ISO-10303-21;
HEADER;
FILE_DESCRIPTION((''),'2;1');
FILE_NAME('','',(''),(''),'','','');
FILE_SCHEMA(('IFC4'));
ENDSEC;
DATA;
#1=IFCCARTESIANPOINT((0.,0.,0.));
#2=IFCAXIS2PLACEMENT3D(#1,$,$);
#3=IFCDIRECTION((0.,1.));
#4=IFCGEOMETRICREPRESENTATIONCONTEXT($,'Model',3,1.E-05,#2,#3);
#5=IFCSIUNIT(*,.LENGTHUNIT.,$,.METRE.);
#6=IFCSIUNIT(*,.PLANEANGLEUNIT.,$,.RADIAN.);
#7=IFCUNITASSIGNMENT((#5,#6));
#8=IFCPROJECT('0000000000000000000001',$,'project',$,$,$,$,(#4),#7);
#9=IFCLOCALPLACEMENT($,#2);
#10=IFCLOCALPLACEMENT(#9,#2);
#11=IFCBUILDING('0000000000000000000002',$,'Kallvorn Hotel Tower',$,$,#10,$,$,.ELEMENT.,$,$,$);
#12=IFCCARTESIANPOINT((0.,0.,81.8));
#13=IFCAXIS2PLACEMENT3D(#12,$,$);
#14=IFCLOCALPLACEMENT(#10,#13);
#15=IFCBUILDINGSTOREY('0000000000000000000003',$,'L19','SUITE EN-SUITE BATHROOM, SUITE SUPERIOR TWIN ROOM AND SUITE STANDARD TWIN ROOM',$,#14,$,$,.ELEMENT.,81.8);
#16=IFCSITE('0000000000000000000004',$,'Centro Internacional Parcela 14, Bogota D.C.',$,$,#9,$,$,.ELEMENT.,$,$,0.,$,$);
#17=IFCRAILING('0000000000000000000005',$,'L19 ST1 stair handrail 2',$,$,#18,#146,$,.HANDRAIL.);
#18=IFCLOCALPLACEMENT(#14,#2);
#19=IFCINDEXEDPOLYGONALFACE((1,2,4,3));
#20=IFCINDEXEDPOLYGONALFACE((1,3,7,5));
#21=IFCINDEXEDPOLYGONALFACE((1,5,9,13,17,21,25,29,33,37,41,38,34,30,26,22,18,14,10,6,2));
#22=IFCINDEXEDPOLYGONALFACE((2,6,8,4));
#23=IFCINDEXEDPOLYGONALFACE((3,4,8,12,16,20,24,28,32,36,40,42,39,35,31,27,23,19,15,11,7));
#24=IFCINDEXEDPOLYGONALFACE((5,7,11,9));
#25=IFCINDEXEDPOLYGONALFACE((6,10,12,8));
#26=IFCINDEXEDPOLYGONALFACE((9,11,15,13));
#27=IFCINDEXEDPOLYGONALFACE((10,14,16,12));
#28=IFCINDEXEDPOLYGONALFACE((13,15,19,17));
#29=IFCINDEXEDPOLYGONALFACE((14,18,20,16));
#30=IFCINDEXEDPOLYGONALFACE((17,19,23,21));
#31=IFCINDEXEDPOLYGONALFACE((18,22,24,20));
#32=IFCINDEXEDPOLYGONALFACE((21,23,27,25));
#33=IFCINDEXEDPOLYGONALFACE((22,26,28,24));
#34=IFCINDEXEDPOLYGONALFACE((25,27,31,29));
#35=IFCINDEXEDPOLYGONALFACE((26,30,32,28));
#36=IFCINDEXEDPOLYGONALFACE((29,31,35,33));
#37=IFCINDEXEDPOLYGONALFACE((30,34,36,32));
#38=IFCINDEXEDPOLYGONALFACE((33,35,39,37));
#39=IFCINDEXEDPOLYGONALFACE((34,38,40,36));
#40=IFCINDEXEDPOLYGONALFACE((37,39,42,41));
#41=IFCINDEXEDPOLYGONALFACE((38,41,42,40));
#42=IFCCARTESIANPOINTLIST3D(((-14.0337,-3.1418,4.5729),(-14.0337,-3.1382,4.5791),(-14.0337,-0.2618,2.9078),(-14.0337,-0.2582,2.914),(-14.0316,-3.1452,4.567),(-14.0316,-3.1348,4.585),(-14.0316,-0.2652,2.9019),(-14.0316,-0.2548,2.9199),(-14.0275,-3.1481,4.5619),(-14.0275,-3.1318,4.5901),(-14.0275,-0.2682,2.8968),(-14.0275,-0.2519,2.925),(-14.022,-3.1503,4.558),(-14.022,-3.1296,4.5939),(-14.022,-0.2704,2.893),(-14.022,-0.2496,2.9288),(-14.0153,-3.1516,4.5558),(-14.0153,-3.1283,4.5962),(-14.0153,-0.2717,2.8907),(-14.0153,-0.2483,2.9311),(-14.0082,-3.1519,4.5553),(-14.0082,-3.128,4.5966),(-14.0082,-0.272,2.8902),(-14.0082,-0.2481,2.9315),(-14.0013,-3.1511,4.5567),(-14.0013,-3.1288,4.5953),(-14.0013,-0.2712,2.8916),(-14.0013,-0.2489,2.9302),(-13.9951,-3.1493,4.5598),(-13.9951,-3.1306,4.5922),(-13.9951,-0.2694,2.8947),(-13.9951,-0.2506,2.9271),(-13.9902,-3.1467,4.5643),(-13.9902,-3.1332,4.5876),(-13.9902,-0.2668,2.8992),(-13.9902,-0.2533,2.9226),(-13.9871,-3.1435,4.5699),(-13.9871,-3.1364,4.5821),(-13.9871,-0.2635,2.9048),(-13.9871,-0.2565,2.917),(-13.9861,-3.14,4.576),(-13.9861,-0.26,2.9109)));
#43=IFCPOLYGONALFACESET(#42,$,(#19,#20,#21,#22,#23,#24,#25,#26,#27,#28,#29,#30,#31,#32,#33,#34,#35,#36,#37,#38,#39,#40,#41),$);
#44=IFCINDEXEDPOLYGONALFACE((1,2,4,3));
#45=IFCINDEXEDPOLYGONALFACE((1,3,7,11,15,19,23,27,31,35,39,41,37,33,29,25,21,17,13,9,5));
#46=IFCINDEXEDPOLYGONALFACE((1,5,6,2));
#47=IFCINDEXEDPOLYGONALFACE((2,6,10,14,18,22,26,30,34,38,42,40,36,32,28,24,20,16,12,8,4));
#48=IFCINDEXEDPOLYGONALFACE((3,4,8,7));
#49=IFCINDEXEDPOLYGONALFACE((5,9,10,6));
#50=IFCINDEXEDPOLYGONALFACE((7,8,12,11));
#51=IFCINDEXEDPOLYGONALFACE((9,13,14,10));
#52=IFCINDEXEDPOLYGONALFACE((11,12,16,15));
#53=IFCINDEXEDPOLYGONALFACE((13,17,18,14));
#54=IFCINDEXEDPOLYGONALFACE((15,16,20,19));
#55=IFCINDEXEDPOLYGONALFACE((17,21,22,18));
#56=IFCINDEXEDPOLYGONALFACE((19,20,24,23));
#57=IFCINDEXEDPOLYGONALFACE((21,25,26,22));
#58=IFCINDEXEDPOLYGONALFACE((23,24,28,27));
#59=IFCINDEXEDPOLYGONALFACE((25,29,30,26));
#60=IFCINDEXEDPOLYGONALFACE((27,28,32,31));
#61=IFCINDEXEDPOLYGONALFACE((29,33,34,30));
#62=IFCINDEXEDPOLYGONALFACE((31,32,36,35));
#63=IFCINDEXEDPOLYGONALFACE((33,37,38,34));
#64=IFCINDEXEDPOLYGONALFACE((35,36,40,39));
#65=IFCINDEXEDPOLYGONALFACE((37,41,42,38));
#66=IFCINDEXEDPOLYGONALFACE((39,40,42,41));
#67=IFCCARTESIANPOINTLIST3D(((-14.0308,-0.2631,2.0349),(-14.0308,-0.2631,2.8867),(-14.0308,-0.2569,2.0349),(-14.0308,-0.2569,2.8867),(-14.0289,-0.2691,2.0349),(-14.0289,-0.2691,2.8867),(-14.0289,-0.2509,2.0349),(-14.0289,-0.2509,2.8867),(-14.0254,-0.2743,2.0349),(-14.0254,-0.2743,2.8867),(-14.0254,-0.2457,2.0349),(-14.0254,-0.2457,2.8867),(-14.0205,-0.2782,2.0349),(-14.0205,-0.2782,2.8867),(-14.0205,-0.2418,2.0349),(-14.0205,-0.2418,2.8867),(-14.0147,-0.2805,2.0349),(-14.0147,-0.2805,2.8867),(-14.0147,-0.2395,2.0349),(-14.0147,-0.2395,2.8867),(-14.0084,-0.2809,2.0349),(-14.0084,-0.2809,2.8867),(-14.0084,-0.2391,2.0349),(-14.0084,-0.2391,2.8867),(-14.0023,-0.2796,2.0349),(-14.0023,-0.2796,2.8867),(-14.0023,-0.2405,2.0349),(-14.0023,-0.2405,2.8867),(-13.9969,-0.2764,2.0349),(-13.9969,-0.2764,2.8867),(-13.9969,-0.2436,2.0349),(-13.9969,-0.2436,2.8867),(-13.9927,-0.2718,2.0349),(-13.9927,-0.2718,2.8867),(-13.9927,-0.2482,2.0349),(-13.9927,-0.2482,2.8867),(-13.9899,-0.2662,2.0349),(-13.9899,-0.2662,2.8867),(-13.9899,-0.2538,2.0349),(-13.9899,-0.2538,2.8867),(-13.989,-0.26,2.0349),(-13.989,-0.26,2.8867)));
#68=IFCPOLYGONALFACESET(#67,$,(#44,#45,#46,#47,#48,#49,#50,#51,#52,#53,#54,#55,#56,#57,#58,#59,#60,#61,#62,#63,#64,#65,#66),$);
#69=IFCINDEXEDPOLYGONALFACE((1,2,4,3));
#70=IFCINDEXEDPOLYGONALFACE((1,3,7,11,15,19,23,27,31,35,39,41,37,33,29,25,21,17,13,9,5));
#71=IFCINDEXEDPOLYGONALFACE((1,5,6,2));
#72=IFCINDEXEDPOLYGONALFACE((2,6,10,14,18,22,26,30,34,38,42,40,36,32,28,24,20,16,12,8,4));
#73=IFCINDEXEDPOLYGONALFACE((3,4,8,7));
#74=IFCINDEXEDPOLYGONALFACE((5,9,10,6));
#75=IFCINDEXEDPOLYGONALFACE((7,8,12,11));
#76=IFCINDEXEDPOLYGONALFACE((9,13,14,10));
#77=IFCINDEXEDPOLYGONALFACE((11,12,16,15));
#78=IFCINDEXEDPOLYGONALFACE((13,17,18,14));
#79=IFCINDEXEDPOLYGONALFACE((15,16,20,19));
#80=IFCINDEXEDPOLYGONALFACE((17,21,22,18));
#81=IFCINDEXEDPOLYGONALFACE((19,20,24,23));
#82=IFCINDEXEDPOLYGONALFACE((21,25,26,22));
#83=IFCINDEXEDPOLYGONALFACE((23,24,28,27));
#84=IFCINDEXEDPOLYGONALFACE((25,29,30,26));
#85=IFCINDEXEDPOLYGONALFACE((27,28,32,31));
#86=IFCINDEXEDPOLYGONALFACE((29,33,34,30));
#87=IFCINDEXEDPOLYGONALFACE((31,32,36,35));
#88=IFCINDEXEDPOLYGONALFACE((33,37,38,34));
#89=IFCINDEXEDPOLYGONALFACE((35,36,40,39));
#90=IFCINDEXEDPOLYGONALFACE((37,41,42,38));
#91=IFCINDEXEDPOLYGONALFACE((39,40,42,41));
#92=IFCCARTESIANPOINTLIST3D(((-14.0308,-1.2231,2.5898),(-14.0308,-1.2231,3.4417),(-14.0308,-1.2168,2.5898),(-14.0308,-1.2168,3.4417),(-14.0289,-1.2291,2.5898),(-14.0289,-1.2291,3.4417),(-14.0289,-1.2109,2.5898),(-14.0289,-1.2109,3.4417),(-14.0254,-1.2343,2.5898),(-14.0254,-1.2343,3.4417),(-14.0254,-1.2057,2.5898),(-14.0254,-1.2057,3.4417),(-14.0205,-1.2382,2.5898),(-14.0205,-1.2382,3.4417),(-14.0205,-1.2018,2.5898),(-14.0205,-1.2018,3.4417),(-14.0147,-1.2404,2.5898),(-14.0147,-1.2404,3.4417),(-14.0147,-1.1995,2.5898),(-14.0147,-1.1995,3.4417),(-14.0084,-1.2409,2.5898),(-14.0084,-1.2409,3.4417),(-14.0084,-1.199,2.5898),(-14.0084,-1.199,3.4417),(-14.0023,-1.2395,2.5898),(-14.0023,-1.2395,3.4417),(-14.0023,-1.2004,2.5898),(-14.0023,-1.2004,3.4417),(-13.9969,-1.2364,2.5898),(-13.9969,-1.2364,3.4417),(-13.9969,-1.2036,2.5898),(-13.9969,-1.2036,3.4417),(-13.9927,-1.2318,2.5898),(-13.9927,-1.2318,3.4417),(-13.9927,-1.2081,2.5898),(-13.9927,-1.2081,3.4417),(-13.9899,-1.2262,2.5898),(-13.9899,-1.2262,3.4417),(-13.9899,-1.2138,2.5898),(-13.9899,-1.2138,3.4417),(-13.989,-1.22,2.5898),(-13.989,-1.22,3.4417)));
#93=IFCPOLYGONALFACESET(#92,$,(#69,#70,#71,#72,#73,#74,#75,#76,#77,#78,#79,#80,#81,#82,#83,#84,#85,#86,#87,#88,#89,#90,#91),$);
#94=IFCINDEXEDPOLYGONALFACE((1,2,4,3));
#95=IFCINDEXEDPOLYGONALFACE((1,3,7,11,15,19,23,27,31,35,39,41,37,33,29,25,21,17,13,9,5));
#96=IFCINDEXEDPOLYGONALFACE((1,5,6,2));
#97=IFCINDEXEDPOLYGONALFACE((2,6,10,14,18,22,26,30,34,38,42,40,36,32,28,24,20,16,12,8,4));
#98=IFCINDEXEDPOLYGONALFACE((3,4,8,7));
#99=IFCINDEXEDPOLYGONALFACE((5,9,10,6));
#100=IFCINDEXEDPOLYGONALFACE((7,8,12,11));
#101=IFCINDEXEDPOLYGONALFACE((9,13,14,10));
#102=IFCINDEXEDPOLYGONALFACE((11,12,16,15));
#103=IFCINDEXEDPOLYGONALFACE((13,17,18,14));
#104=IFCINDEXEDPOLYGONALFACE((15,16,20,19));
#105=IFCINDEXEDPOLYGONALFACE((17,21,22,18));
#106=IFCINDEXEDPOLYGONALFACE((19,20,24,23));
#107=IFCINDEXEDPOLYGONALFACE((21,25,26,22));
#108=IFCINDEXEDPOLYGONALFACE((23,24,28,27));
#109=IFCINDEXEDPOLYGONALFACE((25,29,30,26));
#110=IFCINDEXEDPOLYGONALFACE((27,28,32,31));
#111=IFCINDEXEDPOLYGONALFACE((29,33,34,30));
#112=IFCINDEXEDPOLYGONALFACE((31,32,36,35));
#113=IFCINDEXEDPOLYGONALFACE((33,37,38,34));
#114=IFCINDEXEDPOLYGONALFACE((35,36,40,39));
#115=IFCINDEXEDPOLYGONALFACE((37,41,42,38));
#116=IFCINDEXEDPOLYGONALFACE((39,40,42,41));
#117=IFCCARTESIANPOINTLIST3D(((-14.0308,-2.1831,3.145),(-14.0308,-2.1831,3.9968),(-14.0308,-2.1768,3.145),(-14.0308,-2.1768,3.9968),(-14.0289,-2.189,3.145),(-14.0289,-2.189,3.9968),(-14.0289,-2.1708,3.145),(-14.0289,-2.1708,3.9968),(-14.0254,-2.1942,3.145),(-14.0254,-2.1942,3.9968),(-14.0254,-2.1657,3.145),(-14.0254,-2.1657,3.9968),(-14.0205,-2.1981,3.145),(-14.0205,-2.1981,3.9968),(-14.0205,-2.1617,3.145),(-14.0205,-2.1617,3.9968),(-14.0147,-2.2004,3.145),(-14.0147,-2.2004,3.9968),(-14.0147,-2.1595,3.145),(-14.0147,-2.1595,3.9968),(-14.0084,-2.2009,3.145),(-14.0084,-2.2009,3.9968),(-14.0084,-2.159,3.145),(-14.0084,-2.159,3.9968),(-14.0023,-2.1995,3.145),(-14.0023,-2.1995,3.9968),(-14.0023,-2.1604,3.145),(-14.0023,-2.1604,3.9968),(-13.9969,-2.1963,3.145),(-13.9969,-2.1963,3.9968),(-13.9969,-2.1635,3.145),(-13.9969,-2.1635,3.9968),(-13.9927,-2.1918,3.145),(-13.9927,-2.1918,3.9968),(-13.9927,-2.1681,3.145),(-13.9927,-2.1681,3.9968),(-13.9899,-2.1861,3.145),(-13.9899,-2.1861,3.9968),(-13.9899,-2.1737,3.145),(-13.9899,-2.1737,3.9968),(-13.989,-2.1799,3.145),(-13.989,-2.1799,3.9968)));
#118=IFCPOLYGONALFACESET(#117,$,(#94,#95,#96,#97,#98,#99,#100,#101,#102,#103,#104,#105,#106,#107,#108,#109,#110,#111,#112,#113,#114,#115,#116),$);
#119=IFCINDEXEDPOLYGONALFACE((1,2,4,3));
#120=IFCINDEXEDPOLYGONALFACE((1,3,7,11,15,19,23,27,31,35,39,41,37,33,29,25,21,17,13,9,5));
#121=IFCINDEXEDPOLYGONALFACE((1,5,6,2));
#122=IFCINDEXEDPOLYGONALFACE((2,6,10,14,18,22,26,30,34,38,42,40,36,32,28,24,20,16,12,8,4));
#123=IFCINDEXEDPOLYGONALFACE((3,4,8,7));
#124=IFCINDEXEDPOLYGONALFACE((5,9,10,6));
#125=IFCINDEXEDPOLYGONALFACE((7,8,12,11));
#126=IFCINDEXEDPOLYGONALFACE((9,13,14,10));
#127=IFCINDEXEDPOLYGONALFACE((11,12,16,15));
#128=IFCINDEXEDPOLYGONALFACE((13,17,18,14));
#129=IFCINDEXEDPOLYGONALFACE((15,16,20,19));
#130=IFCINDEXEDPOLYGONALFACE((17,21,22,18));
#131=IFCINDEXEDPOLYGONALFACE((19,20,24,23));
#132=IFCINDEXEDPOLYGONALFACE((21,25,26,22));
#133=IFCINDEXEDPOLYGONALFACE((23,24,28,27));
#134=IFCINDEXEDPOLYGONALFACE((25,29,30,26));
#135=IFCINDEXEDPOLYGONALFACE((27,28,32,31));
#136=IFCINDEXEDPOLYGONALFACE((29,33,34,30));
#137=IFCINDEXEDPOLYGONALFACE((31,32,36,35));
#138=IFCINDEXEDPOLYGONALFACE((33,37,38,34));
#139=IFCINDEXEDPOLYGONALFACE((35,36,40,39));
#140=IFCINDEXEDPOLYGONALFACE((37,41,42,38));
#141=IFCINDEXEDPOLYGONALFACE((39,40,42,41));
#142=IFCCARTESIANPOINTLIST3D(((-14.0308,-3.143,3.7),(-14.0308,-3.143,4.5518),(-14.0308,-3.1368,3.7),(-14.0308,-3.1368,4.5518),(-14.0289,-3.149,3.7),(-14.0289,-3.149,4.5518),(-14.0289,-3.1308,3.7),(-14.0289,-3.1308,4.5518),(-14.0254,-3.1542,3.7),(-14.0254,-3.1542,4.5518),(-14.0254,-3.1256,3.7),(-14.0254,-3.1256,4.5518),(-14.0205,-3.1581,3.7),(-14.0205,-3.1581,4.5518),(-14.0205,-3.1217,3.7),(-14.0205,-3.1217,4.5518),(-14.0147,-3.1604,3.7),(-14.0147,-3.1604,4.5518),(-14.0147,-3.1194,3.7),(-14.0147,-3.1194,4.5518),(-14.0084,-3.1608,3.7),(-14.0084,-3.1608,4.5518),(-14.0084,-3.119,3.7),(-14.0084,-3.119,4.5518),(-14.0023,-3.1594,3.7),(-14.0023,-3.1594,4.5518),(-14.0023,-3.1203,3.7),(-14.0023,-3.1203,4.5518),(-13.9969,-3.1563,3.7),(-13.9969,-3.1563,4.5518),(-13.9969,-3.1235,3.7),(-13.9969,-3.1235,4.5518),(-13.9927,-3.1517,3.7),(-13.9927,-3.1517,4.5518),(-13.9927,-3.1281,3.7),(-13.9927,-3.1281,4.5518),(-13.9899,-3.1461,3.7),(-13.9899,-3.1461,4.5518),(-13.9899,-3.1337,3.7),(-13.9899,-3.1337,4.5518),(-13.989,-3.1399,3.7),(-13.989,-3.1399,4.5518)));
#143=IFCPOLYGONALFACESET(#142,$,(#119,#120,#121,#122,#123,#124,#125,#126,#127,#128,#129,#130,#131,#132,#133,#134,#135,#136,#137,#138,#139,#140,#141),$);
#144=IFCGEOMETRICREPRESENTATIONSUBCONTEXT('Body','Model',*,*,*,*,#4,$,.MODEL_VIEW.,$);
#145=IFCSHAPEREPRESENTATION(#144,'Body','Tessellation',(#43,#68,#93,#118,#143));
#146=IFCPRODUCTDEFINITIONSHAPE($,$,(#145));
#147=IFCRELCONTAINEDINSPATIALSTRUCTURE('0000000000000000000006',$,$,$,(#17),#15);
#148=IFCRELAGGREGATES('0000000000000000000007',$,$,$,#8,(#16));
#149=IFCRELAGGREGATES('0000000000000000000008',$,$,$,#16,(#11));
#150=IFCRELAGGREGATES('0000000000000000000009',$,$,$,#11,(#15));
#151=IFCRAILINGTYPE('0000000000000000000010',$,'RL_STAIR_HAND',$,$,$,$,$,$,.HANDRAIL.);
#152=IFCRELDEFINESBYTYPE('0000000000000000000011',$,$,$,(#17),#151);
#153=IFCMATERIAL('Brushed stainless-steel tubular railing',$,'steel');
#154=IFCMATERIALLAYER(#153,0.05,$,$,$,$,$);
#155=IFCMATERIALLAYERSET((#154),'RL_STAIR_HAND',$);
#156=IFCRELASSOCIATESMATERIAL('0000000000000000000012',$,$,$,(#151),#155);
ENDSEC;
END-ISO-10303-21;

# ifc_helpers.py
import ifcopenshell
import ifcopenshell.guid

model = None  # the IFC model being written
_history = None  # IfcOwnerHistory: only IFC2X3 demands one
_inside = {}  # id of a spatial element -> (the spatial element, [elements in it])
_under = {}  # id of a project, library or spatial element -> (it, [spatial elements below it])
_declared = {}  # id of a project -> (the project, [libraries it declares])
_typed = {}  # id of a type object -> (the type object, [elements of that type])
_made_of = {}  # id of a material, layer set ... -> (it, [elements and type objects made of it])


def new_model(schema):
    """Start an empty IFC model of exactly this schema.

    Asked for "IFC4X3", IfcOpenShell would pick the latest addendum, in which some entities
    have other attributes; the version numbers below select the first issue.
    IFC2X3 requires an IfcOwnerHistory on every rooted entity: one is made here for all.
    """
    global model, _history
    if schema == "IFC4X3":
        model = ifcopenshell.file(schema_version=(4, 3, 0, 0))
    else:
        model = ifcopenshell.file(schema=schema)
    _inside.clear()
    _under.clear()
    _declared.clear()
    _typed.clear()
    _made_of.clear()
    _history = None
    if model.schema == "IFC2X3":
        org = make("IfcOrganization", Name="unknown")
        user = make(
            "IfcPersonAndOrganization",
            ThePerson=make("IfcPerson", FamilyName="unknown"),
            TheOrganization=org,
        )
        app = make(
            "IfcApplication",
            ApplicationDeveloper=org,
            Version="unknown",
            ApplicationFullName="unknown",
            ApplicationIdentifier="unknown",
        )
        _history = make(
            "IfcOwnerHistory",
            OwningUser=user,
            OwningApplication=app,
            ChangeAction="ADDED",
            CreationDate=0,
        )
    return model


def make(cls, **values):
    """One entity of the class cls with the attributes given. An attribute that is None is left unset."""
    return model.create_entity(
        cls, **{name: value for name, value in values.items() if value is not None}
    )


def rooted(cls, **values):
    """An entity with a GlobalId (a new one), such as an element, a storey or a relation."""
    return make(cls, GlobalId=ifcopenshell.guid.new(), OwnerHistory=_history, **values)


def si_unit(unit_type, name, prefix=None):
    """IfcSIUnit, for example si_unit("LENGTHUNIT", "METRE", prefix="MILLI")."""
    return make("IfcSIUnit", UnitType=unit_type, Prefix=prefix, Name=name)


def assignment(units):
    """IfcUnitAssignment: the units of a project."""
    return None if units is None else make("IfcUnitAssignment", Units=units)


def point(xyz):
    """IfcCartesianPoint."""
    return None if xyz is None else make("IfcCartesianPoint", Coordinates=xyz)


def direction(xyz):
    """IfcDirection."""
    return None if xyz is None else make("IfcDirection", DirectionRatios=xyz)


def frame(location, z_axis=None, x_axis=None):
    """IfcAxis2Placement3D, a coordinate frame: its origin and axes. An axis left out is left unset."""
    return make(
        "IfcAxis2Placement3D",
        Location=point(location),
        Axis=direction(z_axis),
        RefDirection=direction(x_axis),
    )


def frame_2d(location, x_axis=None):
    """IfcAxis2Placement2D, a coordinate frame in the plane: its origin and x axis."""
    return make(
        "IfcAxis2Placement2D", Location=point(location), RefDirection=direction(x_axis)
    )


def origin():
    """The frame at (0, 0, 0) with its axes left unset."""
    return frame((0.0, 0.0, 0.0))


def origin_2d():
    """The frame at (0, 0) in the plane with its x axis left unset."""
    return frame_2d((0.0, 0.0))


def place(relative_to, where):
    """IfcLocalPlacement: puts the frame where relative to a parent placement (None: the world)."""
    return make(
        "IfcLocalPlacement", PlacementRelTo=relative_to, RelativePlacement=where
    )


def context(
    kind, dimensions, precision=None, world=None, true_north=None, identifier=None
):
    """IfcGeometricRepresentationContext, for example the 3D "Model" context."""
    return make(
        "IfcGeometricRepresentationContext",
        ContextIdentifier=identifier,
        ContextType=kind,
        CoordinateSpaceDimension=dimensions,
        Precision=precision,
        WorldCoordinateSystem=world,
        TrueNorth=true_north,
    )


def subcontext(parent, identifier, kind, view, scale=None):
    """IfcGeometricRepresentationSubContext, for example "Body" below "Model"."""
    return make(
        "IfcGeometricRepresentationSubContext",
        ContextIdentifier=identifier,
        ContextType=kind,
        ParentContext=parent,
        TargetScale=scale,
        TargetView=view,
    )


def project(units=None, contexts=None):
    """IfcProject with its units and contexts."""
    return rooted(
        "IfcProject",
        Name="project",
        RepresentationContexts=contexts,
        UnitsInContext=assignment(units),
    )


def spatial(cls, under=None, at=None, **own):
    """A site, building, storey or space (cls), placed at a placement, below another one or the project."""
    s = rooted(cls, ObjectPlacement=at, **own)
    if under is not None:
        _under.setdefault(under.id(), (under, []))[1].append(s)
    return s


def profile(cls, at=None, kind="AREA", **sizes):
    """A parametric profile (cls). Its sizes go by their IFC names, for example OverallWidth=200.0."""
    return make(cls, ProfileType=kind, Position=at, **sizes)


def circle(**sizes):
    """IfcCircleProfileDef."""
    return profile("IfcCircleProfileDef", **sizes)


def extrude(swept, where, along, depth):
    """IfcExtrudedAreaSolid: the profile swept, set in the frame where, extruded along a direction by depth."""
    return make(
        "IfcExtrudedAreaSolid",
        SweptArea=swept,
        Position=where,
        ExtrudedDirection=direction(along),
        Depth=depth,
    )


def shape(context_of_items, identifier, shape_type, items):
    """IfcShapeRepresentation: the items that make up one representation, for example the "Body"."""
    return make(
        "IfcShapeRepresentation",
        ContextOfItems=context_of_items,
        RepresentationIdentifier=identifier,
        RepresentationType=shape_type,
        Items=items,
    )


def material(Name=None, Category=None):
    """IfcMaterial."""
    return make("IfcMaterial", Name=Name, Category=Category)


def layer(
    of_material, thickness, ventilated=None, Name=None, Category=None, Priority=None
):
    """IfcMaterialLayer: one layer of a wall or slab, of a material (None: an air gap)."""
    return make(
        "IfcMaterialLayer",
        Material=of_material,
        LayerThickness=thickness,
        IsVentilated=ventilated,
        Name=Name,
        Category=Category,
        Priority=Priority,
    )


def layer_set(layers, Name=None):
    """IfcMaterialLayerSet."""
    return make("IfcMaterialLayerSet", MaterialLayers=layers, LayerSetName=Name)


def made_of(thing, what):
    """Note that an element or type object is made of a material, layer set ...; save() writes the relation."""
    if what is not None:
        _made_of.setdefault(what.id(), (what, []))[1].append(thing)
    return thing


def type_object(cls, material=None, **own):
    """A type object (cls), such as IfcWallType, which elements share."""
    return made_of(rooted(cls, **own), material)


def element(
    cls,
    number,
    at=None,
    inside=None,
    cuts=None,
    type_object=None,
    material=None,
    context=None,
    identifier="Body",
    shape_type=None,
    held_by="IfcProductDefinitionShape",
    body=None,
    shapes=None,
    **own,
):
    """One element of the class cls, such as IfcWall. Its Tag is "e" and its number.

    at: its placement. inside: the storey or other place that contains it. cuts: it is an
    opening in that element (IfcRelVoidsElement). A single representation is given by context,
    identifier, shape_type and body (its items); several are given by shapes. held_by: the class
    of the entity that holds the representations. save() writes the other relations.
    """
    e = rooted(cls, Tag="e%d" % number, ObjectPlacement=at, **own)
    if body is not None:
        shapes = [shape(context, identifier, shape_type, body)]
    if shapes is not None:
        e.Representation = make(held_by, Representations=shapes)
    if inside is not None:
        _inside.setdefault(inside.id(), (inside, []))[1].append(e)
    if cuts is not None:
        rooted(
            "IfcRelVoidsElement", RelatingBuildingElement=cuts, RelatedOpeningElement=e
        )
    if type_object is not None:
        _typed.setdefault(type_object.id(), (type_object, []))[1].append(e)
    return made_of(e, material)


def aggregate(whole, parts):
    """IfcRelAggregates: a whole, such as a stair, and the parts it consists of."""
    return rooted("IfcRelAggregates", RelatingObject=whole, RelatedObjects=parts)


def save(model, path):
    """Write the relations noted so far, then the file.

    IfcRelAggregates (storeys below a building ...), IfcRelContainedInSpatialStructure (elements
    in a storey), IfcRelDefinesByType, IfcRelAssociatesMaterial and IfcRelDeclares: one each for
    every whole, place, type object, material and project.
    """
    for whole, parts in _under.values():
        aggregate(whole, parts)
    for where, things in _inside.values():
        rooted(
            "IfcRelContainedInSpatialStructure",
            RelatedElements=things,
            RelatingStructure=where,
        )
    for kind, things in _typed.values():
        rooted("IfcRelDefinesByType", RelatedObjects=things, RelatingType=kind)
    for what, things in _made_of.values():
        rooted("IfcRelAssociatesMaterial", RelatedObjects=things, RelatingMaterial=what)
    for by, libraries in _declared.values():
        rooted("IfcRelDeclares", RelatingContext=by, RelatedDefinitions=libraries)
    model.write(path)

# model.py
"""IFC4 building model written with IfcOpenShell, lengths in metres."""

from ifc_helpers import new_model, si_unit, direction, frame, origin, origin_2d, place, context, subcontext, project, spatial, circle, extrude, material, layer, layer_set, type_object, element, save


model = new_model("IFC4")

# Units and contexts
model_context = context("Model", 3, precision=1e-05, world=origin(), true_north=direction((0.0, 1.0)))
body_context = subcontext(model_context, "Body", "Model", "MODEL_VIEW")
ifc_project = project(units=[si_unit("LENGTHUNIT", "METRE"), si_unit("PLANEANGLEUNIT", "RADIAN")], contexts=[model_context])

# Site, building, storey
site_placement = place(None, origin())
site = spatial("IfcSite", under=ifc_project, at=site_placement, Name="Centro Internacional Parcela 14, Bogota D.C.", CompositionType="ELEMENT", RefElevation=0.0)
building_placement = place(site_placement, origin())
building = spatial("IfcBuilding", under=site, at=building_placement, Name="Kallvorn Hotel Tower", CompositionType="ELEMENT")
storey_placement = place(building_placement, frame((0.0, 0.0, 81.8)))
storey = spatial("IfcBuildingStorey", under=building, at=storey_placement, Name="L19", Description="SUITE EN-SUITE BATHROOM, SUITE SUPERIOR TWIN ROOM AND SUITE STANDARD TWIN ROOM", CompositionType="ELEMENT", Elevation=81.8)

# Railing
ifc_material_1 = material(Name="Brushed stainless-steel tubular railing", Category="steel")
ifc_layer_1 = layer(ifc_material_1, 0.05)
ifc_layer_set_1 = layer_set([ifc_layer_1], Name="RL_STAIR_HAND")
railing_type_1 = type_object("IfcRailingType", Name="RL_STAIR_HAND", PredefinedType="HANDRAIL", material=ifc_layer_set_1)
railing_1_placement = place(storey_placement, frame((-14.01, -0.26, 2.0349)))
element("IfcRailing", 1, at=railing_1_placement, inside=storey, type_object=railing_type_1, Name="L19 ST1 stair handrail 2", PredefinedType="HANDRAIL", context=body_context, shape_type="SweptSolid", body=[
    extrude(circle(Radius=0.0239, at=origin_2d()), frame((0.0, 0.0, 0.876), z_axis=(0.0, -0.865721, 0.500527), x_axis=(1.0, 0.0, 0.0)), (0.0, 0.0, 1.0), 3.3267),
    extrude(circle(Radius=0.021, at=origin_2d()), origin(), (0.0, 0.0, 1.0), 0.8518),
    extrude(circle(Radius=0.021, at=origin_2d()), frame((0.0, -0.96, 0.5549)), (0.0, 0.0, 1.0), 0.8518),
    extrude(circle(Radius=0.021, at=origin_2d()), frame((0.0, -1.9199, 1.1101)), (0.0, 0.0, 1.0), 0.8518),
    extrude(circle(Radius=0.021, at=origin_2d()), frame((0.0, -2.8799, 1.665)), (0.0, 0.0, 1.0), 0.8518),
])

save(model, "model.ifc")
